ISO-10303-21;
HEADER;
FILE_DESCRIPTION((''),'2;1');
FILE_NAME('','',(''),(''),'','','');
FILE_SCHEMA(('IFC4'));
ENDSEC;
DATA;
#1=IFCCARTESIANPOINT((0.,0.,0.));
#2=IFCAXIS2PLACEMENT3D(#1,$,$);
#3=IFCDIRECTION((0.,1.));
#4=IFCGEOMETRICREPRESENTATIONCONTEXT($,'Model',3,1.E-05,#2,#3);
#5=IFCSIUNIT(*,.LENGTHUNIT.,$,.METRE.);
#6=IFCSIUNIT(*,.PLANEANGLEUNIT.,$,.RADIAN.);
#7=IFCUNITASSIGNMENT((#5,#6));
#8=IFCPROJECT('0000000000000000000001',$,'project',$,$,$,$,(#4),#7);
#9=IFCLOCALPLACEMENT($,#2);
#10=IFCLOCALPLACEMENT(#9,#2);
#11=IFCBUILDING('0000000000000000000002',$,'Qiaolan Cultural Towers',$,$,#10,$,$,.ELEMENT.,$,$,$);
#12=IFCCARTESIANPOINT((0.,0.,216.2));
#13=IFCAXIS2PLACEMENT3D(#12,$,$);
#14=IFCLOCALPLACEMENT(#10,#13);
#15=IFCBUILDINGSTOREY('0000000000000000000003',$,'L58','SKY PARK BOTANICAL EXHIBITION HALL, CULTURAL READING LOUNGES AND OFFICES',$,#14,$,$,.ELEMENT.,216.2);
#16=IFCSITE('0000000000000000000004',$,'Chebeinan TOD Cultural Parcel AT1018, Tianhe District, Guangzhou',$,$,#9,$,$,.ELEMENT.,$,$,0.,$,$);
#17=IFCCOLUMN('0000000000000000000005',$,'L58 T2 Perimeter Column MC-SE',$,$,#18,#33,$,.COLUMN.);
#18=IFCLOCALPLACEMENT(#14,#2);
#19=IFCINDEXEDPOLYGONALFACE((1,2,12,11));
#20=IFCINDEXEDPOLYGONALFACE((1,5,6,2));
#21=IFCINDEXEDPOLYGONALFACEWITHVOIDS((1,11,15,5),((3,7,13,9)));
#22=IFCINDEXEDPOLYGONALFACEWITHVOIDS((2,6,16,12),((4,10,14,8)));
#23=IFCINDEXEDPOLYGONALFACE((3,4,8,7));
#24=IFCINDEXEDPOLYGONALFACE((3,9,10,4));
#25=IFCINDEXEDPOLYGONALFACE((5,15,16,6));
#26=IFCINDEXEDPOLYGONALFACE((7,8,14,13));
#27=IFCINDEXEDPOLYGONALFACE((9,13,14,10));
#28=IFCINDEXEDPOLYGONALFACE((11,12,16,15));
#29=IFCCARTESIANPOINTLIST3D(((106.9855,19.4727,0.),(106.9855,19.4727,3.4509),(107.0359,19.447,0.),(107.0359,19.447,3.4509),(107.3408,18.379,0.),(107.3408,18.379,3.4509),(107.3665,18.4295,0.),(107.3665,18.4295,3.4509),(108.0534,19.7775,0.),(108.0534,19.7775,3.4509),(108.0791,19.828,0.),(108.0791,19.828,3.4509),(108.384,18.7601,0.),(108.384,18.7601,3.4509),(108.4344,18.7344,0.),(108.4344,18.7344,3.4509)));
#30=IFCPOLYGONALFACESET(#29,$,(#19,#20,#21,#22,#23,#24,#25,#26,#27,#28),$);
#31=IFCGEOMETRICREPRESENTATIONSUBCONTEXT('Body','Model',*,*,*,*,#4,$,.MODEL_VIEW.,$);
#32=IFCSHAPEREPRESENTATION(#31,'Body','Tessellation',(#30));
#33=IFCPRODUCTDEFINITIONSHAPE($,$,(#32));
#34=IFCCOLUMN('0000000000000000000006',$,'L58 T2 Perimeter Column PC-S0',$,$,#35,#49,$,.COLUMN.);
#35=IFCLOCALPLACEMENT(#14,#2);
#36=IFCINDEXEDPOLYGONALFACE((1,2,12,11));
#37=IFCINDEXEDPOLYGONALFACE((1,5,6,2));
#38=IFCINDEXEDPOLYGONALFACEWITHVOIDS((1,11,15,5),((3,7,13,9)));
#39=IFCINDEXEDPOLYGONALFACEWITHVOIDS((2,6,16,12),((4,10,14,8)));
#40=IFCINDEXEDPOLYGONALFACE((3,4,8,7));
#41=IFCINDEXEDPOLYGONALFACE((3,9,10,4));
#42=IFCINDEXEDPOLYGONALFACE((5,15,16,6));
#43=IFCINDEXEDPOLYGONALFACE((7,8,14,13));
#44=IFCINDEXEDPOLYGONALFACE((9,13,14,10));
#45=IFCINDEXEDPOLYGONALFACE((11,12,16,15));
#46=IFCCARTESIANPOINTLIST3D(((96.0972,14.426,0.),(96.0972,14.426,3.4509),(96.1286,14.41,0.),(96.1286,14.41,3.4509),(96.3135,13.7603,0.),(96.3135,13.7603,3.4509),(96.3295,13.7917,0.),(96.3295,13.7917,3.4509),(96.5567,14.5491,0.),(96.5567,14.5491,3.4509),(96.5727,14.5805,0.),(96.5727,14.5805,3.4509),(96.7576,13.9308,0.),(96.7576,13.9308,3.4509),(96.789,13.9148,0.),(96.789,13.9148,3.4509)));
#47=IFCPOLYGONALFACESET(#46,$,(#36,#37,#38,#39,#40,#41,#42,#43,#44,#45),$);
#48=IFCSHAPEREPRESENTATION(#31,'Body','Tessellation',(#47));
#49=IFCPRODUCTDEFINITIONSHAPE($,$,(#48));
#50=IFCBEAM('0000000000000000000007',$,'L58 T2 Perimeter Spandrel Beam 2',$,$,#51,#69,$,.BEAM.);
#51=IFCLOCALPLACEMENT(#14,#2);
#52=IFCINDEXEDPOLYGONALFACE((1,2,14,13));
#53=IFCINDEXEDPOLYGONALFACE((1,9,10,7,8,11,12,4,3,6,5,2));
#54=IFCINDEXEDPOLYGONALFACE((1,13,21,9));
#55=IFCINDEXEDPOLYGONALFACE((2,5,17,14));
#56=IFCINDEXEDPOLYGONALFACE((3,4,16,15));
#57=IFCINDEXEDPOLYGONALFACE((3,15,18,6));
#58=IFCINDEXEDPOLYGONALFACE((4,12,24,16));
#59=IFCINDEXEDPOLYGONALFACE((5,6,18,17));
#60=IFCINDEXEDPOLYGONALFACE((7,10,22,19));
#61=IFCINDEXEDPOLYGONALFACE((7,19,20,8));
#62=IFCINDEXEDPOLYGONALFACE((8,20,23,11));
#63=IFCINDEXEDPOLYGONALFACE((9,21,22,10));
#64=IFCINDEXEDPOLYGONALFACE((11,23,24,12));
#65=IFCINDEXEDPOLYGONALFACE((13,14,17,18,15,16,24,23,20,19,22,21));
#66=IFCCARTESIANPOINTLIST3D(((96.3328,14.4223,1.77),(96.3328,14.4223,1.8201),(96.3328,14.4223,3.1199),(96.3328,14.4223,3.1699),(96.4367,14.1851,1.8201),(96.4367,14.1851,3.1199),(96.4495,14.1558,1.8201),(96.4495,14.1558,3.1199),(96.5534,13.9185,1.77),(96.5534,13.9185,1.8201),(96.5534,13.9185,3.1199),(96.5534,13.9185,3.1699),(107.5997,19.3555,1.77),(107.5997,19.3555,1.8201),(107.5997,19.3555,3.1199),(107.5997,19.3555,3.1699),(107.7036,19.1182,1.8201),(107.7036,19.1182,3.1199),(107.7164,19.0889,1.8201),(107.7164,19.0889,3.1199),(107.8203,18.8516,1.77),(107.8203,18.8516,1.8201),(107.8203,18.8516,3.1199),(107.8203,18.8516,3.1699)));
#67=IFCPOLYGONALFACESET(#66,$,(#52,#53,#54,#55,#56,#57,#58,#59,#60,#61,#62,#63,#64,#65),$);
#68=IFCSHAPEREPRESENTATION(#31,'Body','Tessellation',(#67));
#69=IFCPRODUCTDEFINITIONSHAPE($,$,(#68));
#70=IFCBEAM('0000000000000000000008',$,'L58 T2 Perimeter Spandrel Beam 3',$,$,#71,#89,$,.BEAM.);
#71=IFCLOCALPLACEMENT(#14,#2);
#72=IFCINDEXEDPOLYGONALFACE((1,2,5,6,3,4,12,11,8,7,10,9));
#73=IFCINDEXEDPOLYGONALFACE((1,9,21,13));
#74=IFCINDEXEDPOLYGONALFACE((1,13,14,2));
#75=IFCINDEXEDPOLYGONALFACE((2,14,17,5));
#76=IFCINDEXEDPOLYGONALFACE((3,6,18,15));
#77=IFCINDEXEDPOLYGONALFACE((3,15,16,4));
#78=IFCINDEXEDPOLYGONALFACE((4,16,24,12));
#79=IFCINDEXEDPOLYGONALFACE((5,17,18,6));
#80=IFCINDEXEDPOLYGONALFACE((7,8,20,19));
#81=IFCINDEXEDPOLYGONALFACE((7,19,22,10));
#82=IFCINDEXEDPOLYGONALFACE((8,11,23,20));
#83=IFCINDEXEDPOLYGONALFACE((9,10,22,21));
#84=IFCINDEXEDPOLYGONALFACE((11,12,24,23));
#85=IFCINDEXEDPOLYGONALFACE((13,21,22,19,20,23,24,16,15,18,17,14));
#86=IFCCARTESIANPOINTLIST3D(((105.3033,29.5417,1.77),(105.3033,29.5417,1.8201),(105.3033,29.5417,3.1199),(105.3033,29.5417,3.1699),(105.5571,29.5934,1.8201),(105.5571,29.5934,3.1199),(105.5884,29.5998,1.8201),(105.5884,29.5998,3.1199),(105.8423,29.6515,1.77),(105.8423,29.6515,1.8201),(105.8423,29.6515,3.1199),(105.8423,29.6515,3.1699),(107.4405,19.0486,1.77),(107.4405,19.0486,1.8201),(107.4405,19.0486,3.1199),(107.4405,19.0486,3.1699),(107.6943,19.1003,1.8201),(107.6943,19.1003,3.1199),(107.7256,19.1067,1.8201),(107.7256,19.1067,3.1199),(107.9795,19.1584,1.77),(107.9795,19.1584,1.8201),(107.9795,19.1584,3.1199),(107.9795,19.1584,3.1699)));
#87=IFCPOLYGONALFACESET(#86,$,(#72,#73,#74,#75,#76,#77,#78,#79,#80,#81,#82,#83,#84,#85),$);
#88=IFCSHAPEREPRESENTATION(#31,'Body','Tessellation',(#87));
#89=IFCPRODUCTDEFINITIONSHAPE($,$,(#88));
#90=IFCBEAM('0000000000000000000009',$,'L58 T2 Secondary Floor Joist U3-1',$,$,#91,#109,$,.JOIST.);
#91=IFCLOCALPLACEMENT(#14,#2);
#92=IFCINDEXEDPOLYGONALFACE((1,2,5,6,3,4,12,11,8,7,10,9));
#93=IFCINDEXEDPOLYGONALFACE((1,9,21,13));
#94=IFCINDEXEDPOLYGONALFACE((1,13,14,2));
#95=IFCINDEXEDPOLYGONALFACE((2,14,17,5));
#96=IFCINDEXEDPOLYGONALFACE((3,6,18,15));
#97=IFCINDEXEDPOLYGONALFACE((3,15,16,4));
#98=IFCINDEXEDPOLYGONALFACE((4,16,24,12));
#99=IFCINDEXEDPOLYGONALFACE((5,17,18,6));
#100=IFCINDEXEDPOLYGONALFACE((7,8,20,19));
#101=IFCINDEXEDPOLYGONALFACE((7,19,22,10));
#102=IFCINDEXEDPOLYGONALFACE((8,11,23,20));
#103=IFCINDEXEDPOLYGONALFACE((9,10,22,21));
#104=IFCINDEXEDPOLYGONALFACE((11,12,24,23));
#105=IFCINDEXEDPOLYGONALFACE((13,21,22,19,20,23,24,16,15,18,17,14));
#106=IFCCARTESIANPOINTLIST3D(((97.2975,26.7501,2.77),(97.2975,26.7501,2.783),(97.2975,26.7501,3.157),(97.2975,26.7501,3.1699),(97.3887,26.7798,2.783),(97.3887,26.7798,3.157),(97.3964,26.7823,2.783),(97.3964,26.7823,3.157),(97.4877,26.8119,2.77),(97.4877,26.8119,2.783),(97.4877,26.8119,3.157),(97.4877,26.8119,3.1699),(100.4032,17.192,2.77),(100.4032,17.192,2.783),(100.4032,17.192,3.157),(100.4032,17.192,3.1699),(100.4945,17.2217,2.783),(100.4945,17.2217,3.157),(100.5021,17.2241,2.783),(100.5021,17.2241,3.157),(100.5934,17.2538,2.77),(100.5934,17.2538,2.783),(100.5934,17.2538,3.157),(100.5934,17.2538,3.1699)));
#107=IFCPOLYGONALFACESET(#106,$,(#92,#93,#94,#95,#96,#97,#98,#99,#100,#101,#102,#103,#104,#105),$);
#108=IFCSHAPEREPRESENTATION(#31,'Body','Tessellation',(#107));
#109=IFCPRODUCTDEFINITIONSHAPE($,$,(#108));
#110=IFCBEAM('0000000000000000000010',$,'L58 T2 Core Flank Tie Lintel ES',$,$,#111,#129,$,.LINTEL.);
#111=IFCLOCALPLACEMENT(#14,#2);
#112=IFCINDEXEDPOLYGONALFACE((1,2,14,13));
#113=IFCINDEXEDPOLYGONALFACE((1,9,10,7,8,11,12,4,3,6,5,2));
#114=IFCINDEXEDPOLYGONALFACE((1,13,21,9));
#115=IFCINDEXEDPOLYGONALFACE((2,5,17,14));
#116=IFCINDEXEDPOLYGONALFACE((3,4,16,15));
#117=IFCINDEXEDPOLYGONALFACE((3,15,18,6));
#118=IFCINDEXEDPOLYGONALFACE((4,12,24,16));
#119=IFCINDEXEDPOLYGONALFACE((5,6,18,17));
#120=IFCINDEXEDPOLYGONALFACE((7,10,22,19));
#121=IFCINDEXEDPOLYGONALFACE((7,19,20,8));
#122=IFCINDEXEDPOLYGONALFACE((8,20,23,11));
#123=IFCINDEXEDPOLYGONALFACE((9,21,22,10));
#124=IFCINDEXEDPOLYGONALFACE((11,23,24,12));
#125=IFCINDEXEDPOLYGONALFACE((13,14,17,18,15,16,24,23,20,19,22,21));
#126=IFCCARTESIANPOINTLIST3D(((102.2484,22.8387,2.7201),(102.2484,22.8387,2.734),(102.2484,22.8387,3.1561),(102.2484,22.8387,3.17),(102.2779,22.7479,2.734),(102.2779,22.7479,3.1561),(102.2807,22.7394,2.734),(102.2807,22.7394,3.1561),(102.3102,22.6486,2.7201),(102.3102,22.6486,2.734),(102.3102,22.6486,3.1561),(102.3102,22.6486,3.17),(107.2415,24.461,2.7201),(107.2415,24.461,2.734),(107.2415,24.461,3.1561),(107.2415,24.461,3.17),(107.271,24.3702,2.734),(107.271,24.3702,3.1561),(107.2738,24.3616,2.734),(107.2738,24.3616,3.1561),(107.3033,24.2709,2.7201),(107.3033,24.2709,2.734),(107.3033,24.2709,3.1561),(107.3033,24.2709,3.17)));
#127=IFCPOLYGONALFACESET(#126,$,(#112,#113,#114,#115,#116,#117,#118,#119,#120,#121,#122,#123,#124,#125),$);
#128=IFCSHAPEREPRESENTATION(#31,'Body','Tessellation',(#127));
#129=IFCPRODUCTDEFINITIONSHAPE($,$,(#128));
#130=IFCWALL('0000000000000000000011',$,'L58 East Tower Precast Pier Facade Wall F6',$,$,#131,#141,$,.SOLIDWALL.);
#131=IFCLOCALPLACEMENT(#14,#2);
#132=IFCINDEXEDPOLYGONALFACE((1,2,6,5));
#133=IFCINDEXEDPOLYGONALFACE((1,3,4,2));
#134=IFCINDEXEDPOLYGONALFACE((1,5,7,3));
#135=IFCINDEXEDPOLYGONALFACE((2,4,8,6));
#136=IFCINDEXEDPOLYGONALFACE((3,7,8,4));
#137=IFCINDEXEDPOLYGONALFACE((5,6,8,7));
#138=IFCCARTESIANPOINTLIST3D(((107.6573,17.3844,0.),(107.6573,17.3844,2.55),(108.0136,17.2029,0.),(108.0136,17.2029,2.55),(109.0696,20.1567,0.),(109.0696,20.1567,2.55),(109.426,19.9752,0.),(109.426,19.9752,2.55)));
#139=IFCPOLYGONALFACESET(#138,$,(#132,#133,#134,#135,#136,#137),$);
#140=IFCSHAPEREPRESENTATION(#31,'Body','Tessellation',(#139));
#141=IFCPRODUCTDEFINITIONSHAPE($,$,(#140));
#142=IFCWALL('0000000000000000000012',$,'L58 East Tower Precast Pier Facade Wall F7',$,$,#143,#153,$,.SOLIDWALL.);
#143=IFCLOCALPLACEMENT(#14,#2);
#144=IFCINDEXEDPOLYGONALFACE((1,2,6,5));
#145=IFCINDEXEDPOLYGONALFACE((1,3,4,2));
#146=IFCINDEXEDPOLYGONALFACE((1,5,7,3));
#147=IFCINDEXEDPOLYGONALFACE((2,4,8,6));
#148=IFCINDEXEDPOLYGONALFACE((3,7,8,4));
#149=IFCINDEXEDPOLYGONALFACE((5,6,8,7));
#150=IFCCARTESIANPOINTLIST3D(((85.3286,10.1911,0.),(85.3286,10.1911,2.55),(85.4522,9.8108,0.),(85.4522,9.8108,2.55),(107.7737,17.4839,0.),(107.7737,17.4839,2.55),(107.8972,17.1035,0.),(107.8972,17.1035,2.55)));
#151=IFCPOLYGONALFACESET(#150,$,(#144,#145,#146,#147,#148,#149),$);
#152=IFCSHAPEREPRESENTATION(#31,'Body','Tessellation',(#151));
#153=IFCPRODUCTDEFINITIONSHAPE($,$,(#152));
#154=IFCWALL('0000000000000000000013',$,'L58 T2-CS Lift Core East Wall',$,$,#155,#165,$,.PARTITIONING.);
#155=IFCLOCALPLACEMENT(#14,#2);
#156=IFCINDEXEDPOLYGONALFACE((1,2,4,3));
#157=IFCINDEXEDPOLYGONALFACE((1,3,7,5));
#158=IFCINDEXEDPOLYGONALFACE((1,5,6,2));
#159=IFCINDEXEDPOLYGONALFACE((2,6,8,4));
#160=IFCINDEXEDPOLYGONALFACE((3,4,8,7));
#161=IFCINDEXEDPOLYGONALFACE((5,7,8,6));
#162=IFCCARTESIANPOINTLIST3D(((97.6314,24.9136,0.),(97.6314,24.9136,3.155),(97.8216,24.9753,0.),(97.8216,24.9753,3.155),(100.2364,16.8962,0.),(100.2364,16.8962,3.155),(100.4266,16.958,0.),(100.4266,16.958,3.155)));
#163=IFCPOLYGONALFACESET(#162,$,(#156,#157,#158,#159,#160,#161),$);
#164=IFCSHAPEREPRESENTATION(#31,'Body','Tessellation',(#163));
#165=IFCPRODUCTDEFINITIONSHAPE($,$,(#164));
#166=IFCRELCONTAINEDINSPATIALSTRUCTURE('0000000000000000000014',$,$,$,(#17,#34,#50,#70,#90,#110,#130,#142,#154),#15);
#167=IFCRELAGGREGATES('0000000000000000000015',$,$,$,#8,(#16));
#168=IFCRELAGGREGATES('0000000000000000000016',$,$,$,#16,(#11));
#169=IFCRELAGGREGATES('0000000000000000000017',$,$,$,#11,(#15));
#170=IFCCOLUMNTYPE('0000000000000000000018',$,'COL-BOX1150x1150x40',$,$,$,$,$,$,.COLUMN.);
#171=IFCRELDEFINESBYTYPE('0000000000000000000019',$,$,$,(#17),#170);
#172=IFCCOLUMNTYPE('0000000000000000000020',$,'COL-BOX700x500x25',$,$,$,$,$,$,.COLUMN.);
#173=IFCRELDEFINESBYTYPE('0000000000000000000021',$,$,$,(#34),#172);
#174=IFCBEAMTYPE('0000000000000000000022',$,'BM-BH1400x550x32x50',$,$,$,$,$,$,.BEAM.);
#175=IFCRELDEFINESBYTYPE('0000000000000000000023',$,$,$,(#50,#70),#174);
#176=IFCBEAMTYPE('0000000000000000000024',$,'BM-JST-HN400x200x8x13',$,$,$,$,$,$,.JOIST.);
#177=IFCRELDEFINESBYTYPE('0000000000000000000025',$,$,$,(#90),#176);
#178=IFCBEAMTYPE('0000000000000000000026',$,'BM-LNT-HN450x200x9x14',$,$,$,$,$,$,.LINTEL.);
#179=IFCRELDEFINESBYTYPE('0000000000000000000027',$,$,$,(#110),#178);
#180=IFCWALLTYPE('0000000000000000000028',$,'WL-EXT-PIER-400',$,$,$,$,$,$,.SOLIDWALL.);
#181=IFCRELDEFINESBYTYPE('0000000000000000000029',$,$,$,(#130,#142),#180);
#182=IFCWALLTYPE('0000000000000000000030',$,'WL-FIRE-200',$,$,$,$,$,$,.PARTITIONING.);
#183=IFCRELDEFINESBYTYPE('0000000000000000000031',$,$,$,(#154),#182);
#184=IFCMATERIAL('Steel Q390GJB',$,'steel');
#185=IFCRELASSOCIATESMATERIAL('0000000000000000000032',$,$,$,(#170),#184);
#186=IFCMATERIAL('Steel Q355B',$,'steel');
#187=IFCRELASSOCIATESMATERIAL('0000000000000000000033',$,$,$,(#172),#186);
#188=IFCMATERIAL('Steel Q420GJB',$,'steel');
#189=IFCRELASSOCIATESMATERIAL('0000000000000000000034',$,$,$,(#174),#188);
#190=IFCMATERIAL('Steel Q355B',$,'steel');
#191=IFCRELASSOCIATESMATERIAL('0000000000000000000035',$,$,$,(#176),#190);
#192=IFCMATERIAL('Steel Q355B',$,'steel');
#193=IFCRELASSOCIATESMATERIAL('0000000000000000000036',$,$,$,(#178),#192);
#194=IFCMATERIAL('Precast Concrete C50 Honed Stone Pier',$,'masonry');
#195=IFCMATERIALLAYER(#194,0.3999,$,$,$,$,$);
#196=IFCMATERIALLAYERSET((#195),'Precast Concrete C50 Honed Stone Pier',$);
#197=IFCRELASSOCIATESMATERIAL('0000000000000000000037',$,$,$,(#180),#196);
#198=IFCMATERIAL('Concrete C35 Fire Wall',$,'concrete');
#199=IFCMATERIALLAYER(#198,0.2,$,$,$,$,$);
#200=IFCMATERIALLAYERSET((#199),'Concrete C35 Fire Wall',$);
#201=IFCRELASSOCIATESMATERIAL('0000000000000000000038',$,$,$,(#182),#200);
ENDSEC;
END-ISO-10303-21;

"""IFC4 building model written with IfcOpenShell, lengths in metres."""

from ifc_helpers import new_model, si_unit, direction, frame, frame_2d, origin, origin_2d, place, context, subcontext, project, spatial, rectangle, hollow_rectangle, i_section, extrude, material, layer, layer_set, material_profile, profile_set, type_object, element, save


model = new_model("IFC4")

# Units and contexts
model_context = context("Model", 3, precision=1e-05, world=origin(), true_north=direction((0.0, 1.0)))
body_context = subcontext(model_context, "Body", "Model", "MODEL_VIEW")
ifc_project = project(units=[si_unit("LENGTHUNIT", "METRE"), si_unit("PLANEANGLEUNIT", "RADIAN")], contexts=[model_context])

# Site, building, storey
site_placement = place(None, origin())
site = spatial("IfcSite", under=ifc_project, at=site_placement, Name="Chebeinan TOD Cultural Parcel AT1018, Tianhe District, Guangzhou", CompositionType="ELEMENT", RefElevation=0.0)
building_placement = place(site_placement, origin())
building = spatial("IfcBuilding", under=site, at=building_placement, Name="Qiaolan Cultural Towers", CompositionType="ELEMENT")
storey_placement = place(building_placement, frame((0.0, 0.0, 216.2)))
storey = spatial("IfcBuildingStorey", under=building, at=storey_placement, Name="L58", Description="SKY PARK BOTANICAL EXHIBITION HALL, CULTURAL READING LOUNGES AND OFFICES", CompositionType="ELEMENT", Elevation=216.2)

# Columns
ifc_material_1 = material(Name="Steel Q390GJB", Category="steel")
ifc_material_profile_1 = material_profile(ifc_material_1, hollow_rectangle(XDim=1.1499, YDim=1.1499, WallThickness=0.04, at=origin_2d()), Name="BOX1150x1150x40")
ifc_profile_set_1 = profile_set([ifc_material_profile_1], Name="Steel Q390GJB")
column_type_1 = type_object("IfcColumnType", Name="COL-BOX1150x1150x40", PredefinedType="COLUMN", material=ifc_profile_set_1)
column_1_placement = place(storey_placement, frame((107.71, 19.1035, 0.0), z_axis=(0.0, 0.0, 1.0), x_axis=(0.951057, 0.309017, 0.0)))
element("IfcColumn", 1, at=column_1_placement, inside=storey, type_object=column_type_1, Name="L58 T2 Perimeter Column MC-SE", PredefinedType="COLUMN", context=body_context, shape_type="SweptSolid", body=[
    extrude(hollow_rectangle(XDim=1.1499, YDim=1.1499, WallThickness=0.04, at=origin_2d()), origin(), (0.0, 0.0, 1.0), 3.4509),
])
ifc_material_2 = material(Name="Steel Q355B", Category="steel")
ifc_material_profile_2 = material_profile(ifc_material_2, hollow_rectangle(XDim=0.5, YDim=0.7, WallThickness=0.0249, at=origin_2d()), Name="BOX700x500x25")
ifc_profile_set_2 = profile_set([ifc_material_profile_2], Name="Steel Q355B")
column_type_2 = type_object("IfcColumnType", Name="COL-BOX700x500x25", PredefinedType="COLUMN", material=ifc_profile_set_2)
column_2_placement = place(storey_placement, frame((96.4431, 14.1704, 0.0), z_axis=(0.0, 0.0, 1.0), x_axis=(0.951057, 0.309017, 0.0)))
element("IfcColumn", 2, at=column_2_placement, inside=storey, type_object=column_type_2, Name="L58 T2 Perimeter Column PC-S0", PredefinedType="COLUMN", context=body_context, shape_type="SweptSolid", body=[
    extrude(hollow_rectangle(XDim=0.5, YDim=0.7, WallThickness=0.0249, at=origin_2d()), origin(), (0.0, 0.0, 1.0), 3.4509),
])

# Beams
ifc_material_3 = material(Name="Steel Q420GJB", Category="steel")
ifc_material_profile_3 = material_profile(ifc_material_3, i_section(OverallWidth=0.55, OverallDepth=1.3999, WebThickness=0.032, FlangeThickness=0.05, at=origin_2d()), Name="BH1400x550x32x50")
ifc_profile_set_3 = profile_set([ifc_material_profile_3], Name="Steel Q420GJB")
beam_type_1 = type_object("IfcBeamType", Name="BM-BH1400x550x32x50", PredefinedType="BEAM", material=ifc_profile_set_3)
beam_1_placement = place(storey_placement, frame((96.4431, 14.1704, 2.47), z_axis=(0.916042, 0.401082, 0.0), x_axis=(-0.401082, 0.916042, 0.0)))
element("IfcBeam", 3, at=beam_1_placement, inside=storey, type_object=beam_type_1, Name="L58 T2 Perimeter Spandrel Beam 2", PredefinedType="BEAM", context=body_context, shape_type="SweptSolid", body=[
    extrude(i_section(OverallWidth=0.55, OverallDepth=1.3999, WebThickness=0.032, FlangeThickness=0.05, at=origin_2d()), origin(), (0.0, 0.0, 1.0), 12.2996),
])
beam_2_placement = place(storey_placement, frame((107.71, 19.1035, 2.47), z_axis=(-0.199579, 0.979882, 0.0), x_axis=(-0.979882, -0.199579, 0.0)))
element("IfcBeam", 4, at=beam_2_placement, inside=storey, type_object=beam_type_1, Name="L58 T2 Perimeter Spandrel Beam 3", PredefinedType="BEAM", context=body_context, shape_type="SweptSolid", body=[
    extrude(i_section(OverallWidth=0.55, OverallDepth=1.3999, WebThickness=0.032, FlangeThickness=0.05, at=origin_2d()), origin(), (0.0, 0.0, 1.0), 10.7085),
])
ifc_material_4 = material(Name="Steel Q355B", Category="steel")
ifc_material_profile_4 = material_profile(ifc_material_4, i_section(OverallWidth=0.2, OverallDepth=0.3999, WebThickness=0.0081, FlangeThickness=0.0129, at=origin_2d()), Name="HN400x200x8x13")
ifc_profile_set_4 = profile_set([ifc_material_profile_4], Name="Steel Q355B")
beam_type_2 = type_object("IfcBeamType", Name="BM-JST-HN400x200x8x13", PredefinedType="JOIST", material=ifc_profile_set_4)
beam_3_placement = place(storey_placement, frame((100.4983, 17.2229, 2.97), z_axis=(-0.309026, 0.951054, 0.0), x_axis=(-0.951054, -0.309026, 0.0)))
element("IfcBeam", 5, at=beam_3_placement, inside=storey, type_object=beam_type_2, Name="L58 T2 Secondary Floor Joist U3-1", PredefinedType="JOIST", context=body_context, shape_type="SweptSolid", body=[
    extrude(i_section(OverallWidth=0.2, OverallDepth=0.3999, WebThickness=0.0081, FlangeThickness=0.0129, at=origin_2d()), origin(), (0.0, 0.0, 1.0), 10.05),
])
ifc_material_5 = material(Name="Steel Q355B", Category="steel")
ifc_material_profile_5 = material_profile(ifc_material_5, i_section(OverallWidth=0.2, OverallDepth=0.45, WebThickness=0.009, FlangeThickness=0.0139, at=origin_2d()), Name="HN450x200x9x14")
ifc_profile_set_5 = profile_set([ifc_material_profile_5], Name="Steel Q355B")
beam_type_3 = type_object("IfcBeamType", Name="BM-LNT-HN450x200x9x14", PredefinedType="LINTEL", material=ifc_profile_set_5)
beam_4_placement = place(storey_placement, frame((102.2793, 22.7437, 2.9451), z_axis=(0.95106, 0.309006, 0.0), x_axis=(-0.309006, 0.95106, 0.0)))
element("IfcBeam", 6, at=beam_4_placement, inside=storey, type_object=beam_type_3, Name="L58 T2 Core Flank Tie Lintel ES", PredefinedType="LINTEL", context=body_context, shape_type="SweptSolid", body=[
    extrude(i_section(OverallWidth=0.2, OverallDepth=0.45, WebThickness=0.009, FlangeThickness=0.0139, at=origin_2d()), origin(), (0.0, 0.0, 1.0), 5.25),
])

# Walls
ifc_material_6 = material(Name="Precast Concrete C50 Honed Stone Pier", Category="masonry")
ifc_layer_1 = layer(ifc_material_6, 0.3999)
ifc_layer_set_1 = layer_set([ifc_layer_1], Name="Precast Concrete C50 Honed Stone Pier")
wall_type_1 = type_object("IfcWallType", Name="WL-EXT-PIER-400", PredefinedType="SOLIDWALL", material=ifc_layer_set_1)
wall_1_placement = place(storey_placement, frame((109.2478, 20.0659, 0.0), z_axis=(0.0, 0.0, 1.0), x_axis=(-0.453949, -0.891028, 0.0)))
element("IfcWall", 7, at=wall_1_placement, inside=storey, type_object=wall_type_1, Name="L58 East Tower Precast Pier Facade Wall F6", PredefinedType="SOLIDWALL", context=body_context, shape_type="SweptSolid", body=[
    extrude(rectangle(XDim=3.1113, YDim=0.3999, at=frame_2d((1.5557, 0.0))), origin(), (0.0, 0.0, 1.0), 2.55),
])
wall_2_placement = place(storey_placement, frame((107.8354, 17.2937, 0.0), z_axis=(0.0, 0.0, 1.0), x_axis=(-0.951058, -0.309012, 0.0)))
element("IfcWall", 8, at=wall_2_placement, inside=storey, type_object=wall_type_1, Name="L58 East Tower Precast Pier Facade Wall F7", PredefinedType="SOLIDWALL", context=body_context, shape_type="SweptSolid", body=[
    extrude(rectangle(XDim=23.6001, YDim=0.3999, at=frame_2d((11.8, 0.0))), origin(), (0.0, 0.0, 1.0), 2.55),
])
ifc_material_7 = material(Name="Concrete C35 Fire Wall", Category="concrete")
ifc_layer_2 = layer(ifc_material_7, 0.2)
ifc_layer_set_2 = layer_set([ifc_layer_2], Name="Concrete C35 Fire Wall")
wall_type_2 = type_object("IfcWallType", Name="WL-FIRE-200", PredefinedType="PARTITIONING", material=ifc_layer_set_2)
wall_3_placement = place(storey_placement, frame((97.7266, 24.9443, 0.0), z_axis=(0.0, 0.0, 1.0), x_axis=(0.309016, -0.951057, 0.0)))
element("IfcWall", 9, at=wall_3_placement, inside=storey, type_object=wall_type_2, Name="L58 T2-CS Lift Core East Wall", PredefinedType="PARTITIONING", context=body_context, shape_type="SweptSolid", body=[
    extrude(rectangle(XDim=8.4299, YDim=0.2, at=frame_2d((4.2148, 0.0))), origin(), (0.0, 0.0, 1.0), 3.155),
])

save(model, "model.ifc")
